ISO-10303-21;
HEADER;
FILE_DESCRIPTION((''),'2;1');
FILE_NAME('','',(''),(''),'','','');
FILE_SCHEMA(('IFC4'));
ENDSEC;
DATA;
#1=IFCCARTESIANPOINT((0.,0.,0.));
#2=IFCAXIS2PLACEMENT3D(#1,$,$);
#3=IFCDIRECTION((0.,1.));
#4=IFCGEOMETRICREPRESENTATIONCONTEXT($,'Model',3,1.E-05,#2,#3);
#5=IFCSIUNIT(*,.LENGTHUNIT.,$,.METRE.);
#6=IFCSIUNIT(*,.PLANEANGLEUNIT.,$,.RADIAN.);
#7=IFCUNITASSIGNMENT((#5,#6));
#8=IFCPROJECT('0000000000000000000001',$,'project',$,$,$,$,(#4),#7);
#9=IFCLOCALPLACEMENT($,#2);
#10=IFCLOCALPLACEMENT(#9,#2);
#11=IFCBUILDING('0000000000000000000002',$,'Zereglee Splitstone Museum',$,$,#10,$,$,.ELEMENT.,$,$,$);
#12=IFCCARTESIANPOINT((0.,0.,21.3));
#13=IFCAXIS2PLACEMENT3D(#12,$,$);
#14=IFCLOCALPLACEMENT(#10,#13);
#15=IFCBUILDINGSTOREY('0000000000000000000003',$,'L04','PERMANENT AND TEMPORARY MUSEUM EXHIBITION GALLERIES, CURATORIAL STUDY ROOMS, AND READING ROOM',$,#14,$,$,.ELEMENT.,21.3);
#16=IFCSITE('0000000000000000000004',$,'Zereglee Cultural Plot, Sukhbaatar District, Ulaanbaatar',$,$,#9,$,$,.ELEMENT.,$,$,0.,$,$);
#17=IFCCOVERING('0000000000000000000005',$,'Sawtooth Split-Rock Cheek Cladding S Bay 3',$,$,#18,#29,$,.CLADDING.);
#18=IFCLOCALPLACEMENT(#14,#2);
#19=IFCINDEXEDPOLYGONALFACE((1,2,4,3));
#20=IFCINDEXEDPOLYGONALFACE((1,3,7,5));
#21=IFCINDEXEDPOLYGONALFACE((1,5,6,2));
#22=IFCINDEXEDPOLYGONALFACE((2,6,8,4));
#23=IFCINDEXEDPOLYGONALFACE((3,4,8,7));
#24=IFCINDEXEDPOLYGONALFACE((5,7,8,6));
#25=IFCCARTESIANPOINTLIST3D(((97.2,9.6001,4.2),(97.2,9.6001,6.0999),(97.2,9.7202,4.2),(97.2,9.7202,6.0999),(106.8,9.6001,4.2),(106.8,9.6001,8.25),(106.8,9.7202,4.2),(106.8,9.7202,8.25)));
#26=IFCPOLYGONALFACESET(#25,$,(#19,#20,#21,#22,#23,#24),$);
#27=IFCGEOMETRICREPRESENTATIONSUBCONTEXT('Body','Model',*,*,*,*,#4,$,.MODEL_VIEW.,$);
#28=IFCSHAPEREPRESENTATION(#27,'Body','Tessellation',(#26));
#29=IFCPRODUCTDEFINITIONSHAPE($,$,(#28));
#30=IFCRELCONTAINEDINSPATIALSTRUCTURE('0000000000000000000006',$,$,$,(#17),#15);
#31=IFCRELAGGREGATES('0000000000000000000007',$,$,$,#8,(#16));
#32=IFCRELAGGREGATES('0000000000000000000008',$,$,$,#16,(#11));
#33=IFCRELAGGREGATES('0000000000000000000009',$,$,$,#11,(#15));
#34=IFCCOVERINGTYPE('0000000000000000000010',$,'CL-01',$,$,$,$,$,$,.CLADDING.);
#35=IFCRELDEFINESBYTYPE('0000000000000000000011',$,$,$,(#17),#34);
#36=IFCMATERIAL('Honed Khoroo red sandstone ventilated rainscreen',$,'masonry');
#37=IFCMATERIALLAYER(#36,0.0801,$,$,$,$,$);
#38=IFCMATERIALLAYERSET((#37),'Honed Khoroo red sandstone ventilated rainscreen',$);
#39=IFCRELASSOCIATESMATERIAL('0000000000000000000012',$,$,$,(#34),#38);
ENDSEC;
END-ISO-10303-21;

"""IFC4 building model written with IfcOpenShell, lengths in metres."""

from ifc_helpers import new_model, si_unit, direction, frame, origin, place, context, subcontext, project, spatial, polyline, outline, extrude, material, layer, layer_set, type_object, element, save


model = new_model("IFC4")

# Units and contexts
model_context = context("Model", 3, precision=1e-05, world=origin(), true_north=direction((0.0, 1.0)))
body_context = subcontext(model_context, "Body", "Model", "MODEL_VIEW")
ifc_project = project(units=[si_unit("LENGTHUNIT", "METRE"), si_unit("PLANEANGLEUNIT", "RADIAN")], contexts=[model_context])

# Site, building, storey
site_placement = place(None, origin())
site = spatial("IfcSite", under=ifc_project, at=site_placement, Name="Zereglee Cultural Plot, Sukhbaatar District, Ulaanbaatar", CompositionType="ELEMENT", RefElevation=0.0)
building_placement = place(site_placement, origin())
building = spatial("IfcBuilding", under=site, at=building_placement, Name="Zereglee Splitstone Museum", CompositionType="ELEMENT")
storey_placement = place(building_placement, frame((0.0, 0.0, 21.3)))
storey = spatial("IfcBuildingStorey", under=building, at=storey_placement, Name="L04", Description="PERMANENT AND TEMPORARY MUSEUM EXHIBITION GALLERIES, CURATORIAL STUDY ROOMS, AND READING ROOM", CompositionType="ELEMENT", Elevation=21.3)

# Covering
ifc_material_1 = material(Name="Honed Khoroo red sandstone ventilated rainscreen", Category="masonry")
ifc_layer_1 = layer(ifc_material_1, 0.0801)
ifc_layer_set_1 = layer_set([ifc_layer_1], Name="Honed Khoroo red sandstone ventilated rainscreen")
covering_type = type_object("IfcCoveringType", Name="CL-01", PredefinedType="CLADDING", material=ifc_layer_set_1)
covering_placement = place(storey_placement, frame((97.2, 9.6001, 4.2), z_axis=(0.0, -1.0, 0.0), x_axis=(1.0, 0.0, 0.0)))
element("IfcCovering", 1, at=covering_placement, inside=storey, type_object=covering_type, Name="Sawtooth Split-Rock Cheek Cladding S Bay 3", PredefinedType="CLADDING", context=body_context, shape_type="SweptSolid", body=[
    extrude(outline(polyline([(0.0, 0.0), (9.6001, 0.0), (9.6001, 4.05), (0.0, 1.8999), (0.0, 0.0)])), origin(), (0.0, 0.0, -1.0), 0.1201),
])

save(model, "model.ifc")
